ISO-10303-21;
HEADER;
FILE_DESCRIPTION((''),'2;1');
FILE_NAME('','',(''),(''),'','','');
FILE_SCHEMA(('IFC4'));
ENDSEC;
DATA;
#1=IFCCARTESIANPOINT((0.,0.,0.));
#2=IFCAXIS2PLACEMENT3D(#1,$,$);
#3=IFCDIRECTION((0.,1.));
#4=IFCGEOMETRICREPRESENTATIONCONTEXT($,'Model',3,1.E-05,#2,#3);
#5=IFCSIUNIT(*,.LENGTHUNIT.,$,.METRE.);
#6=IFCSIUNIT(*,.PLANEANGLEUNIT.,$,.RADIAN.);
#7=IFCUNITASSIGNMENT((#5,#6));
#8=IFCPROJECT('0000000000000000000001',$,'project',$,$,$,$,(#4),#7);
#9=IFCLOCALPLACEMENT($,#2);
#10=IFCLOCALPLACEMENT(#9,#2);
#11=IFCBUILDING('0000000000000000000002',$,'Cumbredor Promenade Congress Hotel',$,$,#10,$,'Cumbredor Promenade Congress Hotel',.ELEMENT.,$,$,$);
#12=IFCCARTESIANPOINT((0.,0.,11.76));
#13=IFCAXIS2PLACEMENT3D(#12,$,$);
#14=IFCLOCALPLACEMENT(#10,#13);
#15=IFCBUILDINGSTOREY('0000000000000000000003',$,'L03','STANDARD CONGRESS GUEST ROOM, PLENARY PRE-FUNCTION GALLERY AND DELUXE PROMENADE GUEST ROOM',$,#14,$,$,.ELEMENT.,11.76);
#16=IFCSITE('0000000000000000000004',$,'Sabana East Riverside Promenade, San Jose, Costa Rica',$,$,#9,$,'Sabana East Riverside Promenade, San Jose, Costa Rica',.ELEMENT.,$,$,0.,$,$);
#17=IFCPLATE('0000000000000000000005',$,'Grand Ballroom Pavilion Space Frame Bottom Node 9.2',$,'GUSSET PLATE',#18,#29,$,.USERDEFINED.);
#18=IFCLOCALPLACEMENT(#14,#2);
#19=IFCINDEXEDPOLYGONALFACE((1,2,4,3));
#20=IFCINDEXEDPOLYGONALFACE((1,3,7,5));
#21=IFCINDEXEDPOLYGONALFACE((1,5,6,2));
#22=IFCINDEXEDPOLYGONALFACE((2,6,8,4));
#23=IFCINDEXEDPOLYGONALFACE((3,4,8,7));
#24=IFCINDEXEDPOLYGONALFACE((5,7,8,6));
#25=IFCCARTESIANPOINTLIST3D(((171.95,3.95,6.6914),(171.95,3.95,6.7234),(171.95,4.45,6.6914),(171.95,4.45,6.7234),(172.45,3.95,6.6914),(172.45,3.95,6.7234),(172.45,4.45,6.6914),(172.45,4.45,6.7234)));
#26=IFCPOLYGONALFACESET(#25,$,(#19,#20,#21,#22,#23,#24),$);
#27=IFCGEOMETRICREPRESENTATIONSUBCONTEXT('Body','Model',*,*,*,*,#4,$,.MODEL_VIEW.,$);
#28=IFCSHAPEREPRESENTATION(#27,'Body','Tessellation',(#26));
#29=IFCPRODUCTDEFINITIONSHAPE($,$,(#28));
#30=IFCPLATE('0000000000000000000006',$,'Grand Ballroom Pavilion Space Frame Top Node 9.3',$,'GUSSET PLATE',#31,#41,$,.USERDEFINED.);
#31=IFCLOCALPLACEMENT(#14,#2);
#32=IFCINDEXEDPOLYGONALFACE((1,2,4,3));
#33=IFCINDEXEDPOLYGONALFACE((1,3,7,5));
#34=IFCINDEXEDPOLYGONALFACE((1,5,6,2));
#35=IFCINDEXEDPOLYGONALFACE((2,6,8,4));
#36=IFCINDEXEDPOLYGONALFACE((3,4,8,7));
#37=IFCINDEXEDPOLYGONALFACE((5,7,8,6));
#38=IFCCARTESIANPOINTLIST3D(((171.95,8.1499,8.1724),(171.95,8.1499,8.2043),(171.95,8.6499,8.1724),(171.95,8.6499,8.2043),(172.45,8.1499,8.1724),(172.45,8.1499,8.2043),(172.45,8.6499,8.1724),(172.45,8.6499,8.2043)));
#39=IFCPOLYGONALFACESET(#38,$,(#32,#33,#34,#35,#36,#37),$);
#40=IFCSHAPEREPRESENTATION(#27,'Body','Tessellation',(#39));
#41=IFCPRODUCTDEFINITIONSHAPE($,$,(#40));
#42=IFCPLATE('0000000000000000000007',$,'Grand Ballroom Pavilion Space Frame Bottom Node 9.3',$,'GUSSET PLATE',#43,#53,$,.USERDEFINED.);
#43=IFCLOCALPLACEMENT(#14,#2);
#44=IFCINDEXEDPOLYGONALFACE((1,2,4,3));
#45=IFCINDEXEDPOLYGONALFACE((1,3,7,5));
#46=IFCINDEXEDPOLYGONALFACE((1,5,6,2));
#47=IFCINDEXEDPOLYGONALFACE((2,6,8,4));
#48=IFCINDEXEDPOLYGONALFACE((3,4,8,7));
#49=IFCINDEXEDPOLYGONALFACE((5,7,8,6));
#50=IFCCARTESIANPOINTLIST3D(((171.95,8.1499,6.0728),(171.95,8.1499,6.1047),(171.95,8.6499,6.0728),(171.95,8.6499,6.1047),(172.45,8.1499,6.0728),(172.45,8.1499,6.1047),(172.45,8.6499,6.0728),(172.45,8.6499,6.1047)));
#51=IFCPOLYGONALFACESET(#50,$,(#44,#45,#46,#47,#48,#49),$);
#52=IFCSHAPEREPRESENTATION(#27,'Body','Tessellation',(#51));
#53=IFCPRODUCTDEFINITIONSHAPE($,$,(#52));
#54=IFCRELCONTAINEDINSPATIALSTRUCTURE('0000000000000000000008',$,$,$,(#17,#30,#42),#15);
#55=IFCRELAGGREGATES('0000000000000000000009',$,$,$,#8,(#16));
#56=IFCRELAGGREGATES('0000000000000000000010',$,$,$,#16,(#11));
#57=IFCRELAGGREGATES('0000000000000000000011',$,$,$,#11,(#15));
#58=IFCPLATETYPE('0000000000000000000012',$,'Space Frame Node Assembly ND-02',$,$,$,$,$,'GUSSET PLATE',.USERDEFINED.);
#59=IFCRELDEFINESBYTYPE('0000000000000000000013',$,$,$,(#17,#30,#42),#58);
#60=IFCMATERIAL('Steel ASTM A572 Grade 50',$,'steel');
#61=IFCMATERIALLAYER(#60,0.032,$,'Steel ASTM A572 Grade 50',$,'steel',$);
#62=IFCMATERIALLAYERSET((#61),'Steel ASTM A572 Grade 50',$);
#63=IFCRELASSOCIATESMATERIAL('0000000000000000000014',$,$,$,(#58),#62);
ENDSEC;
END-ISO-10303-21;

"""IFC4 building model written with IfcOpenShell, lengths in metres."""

from ifc_helpers import new_model, si_unit, direction, frame, origin, origin_2d, place, context, subcontext, project, spatial, rectangle, extrude, material, layer, layer_set, type_object, element, save


model = new_model("IFC4")

# Units and contexts
model_context = context("Model", 3, precision=1e-05, world=origin(), true_north=direction((0.0, 1.0)))
body_context = subcontext(model_context, "Body", "Model", "MODEL_VIEW")
ifc_project = project(units=[si_unit("LENGTHUNIT", "METRE"), si_unit("PLANEANGLEUNIT", "RADIAN")], contexts=[model_context])

# Site, building, storey
site_placement = place(None, origin())
site = spatial("IfcSite", under=ifc_project, at=site_placement, Name="Sabana East Riverside Promenade, San Jose, Costa Rica", LongName="Sabana East Riverside Promenade, San Jose, Costa Rica", CompositionType="ELEMENT", RefElevation=0.0)
building_placement = place(site_placement, origin())
building = spatial("IfcBuilding", under=site, at=building_placement, Name="Cumbredor Promenade Congress Hotel", LongName="Cumbredor Promenade Congress Hotel", CompositionType="ELEMENT")
storey_placement = place(building_placement, frame((0.0, 0.0, 11.76)))
storey = spatial("IfcBuildingStorey", under=building, at=storey_placement, Name="L03", Description="STANDARD CONGRESS GUEST ROOM, PLENARY PRE-FUNCTION GALLERY AND DELUXE PROMENADE GUEST ROOM", CompositionType="ELEMENT", Elevation=11.76)

# Plates
ifc_material_1 = material(Name="Steel ASTM A572 Grade 50", Category="steel")
ifc_layer_1 = layer(ifc_material_1, 0.032, Name="Steel ASTM A572 Grade 50", Category="steel")
ifc_layer_set_1 = layer_set([ifc_layer_1], Name="Steel ASTM A572 Grade 50")
plate_type_1 = type_object("IfcPlateType", Name="Space Frame Node Assembly ND-02", ElementType="GUSSET PLATE", PredefinedType="USERDEFINED", material=ifc_layer_set_1)
for number, where, z_axis, x_axis, name in (
    (1, (172.2, 4.2, 6.6914), (0.0, 0.0, 1.0), (1.0, 0.0, 0.0), "Grand Ballroom Pavilion Space Frame Bottom Node 9.2"),
    (2, (172.2, 8.3999, 8.1724), (0.0, 0.0, 1.0), (1.0, 0.0, 0.0), "Grand Ballroom Pavilion Space Frame Top Node 9.3"),
    (3, (172.2, 8.3999, 6.0728), (0.0, 0.0, 1.0), (1.0, 0.0, 0.0), "Grand Ballroom Pavilion Space Frame Bottom Node 9.3"),
):
    element("IfcPlate", number, at=place(storey_placement, frame(where, z_axis=z_axis, x_axis=x_axis)), inside=storey, type_object=plate_type_1, Name=name, ObjectType="GUSSET PLATE", PredefinedType="USERDEFINED", context=body_context, shape_type="SweptSolid", body=[
        extrude(rectangle(XDim=0.5, YDim=0.5, at=origin_2d()), origin(), (0.0, 0.0, 1.0), 0.032),
    ])

save(model, "model.ifc")
